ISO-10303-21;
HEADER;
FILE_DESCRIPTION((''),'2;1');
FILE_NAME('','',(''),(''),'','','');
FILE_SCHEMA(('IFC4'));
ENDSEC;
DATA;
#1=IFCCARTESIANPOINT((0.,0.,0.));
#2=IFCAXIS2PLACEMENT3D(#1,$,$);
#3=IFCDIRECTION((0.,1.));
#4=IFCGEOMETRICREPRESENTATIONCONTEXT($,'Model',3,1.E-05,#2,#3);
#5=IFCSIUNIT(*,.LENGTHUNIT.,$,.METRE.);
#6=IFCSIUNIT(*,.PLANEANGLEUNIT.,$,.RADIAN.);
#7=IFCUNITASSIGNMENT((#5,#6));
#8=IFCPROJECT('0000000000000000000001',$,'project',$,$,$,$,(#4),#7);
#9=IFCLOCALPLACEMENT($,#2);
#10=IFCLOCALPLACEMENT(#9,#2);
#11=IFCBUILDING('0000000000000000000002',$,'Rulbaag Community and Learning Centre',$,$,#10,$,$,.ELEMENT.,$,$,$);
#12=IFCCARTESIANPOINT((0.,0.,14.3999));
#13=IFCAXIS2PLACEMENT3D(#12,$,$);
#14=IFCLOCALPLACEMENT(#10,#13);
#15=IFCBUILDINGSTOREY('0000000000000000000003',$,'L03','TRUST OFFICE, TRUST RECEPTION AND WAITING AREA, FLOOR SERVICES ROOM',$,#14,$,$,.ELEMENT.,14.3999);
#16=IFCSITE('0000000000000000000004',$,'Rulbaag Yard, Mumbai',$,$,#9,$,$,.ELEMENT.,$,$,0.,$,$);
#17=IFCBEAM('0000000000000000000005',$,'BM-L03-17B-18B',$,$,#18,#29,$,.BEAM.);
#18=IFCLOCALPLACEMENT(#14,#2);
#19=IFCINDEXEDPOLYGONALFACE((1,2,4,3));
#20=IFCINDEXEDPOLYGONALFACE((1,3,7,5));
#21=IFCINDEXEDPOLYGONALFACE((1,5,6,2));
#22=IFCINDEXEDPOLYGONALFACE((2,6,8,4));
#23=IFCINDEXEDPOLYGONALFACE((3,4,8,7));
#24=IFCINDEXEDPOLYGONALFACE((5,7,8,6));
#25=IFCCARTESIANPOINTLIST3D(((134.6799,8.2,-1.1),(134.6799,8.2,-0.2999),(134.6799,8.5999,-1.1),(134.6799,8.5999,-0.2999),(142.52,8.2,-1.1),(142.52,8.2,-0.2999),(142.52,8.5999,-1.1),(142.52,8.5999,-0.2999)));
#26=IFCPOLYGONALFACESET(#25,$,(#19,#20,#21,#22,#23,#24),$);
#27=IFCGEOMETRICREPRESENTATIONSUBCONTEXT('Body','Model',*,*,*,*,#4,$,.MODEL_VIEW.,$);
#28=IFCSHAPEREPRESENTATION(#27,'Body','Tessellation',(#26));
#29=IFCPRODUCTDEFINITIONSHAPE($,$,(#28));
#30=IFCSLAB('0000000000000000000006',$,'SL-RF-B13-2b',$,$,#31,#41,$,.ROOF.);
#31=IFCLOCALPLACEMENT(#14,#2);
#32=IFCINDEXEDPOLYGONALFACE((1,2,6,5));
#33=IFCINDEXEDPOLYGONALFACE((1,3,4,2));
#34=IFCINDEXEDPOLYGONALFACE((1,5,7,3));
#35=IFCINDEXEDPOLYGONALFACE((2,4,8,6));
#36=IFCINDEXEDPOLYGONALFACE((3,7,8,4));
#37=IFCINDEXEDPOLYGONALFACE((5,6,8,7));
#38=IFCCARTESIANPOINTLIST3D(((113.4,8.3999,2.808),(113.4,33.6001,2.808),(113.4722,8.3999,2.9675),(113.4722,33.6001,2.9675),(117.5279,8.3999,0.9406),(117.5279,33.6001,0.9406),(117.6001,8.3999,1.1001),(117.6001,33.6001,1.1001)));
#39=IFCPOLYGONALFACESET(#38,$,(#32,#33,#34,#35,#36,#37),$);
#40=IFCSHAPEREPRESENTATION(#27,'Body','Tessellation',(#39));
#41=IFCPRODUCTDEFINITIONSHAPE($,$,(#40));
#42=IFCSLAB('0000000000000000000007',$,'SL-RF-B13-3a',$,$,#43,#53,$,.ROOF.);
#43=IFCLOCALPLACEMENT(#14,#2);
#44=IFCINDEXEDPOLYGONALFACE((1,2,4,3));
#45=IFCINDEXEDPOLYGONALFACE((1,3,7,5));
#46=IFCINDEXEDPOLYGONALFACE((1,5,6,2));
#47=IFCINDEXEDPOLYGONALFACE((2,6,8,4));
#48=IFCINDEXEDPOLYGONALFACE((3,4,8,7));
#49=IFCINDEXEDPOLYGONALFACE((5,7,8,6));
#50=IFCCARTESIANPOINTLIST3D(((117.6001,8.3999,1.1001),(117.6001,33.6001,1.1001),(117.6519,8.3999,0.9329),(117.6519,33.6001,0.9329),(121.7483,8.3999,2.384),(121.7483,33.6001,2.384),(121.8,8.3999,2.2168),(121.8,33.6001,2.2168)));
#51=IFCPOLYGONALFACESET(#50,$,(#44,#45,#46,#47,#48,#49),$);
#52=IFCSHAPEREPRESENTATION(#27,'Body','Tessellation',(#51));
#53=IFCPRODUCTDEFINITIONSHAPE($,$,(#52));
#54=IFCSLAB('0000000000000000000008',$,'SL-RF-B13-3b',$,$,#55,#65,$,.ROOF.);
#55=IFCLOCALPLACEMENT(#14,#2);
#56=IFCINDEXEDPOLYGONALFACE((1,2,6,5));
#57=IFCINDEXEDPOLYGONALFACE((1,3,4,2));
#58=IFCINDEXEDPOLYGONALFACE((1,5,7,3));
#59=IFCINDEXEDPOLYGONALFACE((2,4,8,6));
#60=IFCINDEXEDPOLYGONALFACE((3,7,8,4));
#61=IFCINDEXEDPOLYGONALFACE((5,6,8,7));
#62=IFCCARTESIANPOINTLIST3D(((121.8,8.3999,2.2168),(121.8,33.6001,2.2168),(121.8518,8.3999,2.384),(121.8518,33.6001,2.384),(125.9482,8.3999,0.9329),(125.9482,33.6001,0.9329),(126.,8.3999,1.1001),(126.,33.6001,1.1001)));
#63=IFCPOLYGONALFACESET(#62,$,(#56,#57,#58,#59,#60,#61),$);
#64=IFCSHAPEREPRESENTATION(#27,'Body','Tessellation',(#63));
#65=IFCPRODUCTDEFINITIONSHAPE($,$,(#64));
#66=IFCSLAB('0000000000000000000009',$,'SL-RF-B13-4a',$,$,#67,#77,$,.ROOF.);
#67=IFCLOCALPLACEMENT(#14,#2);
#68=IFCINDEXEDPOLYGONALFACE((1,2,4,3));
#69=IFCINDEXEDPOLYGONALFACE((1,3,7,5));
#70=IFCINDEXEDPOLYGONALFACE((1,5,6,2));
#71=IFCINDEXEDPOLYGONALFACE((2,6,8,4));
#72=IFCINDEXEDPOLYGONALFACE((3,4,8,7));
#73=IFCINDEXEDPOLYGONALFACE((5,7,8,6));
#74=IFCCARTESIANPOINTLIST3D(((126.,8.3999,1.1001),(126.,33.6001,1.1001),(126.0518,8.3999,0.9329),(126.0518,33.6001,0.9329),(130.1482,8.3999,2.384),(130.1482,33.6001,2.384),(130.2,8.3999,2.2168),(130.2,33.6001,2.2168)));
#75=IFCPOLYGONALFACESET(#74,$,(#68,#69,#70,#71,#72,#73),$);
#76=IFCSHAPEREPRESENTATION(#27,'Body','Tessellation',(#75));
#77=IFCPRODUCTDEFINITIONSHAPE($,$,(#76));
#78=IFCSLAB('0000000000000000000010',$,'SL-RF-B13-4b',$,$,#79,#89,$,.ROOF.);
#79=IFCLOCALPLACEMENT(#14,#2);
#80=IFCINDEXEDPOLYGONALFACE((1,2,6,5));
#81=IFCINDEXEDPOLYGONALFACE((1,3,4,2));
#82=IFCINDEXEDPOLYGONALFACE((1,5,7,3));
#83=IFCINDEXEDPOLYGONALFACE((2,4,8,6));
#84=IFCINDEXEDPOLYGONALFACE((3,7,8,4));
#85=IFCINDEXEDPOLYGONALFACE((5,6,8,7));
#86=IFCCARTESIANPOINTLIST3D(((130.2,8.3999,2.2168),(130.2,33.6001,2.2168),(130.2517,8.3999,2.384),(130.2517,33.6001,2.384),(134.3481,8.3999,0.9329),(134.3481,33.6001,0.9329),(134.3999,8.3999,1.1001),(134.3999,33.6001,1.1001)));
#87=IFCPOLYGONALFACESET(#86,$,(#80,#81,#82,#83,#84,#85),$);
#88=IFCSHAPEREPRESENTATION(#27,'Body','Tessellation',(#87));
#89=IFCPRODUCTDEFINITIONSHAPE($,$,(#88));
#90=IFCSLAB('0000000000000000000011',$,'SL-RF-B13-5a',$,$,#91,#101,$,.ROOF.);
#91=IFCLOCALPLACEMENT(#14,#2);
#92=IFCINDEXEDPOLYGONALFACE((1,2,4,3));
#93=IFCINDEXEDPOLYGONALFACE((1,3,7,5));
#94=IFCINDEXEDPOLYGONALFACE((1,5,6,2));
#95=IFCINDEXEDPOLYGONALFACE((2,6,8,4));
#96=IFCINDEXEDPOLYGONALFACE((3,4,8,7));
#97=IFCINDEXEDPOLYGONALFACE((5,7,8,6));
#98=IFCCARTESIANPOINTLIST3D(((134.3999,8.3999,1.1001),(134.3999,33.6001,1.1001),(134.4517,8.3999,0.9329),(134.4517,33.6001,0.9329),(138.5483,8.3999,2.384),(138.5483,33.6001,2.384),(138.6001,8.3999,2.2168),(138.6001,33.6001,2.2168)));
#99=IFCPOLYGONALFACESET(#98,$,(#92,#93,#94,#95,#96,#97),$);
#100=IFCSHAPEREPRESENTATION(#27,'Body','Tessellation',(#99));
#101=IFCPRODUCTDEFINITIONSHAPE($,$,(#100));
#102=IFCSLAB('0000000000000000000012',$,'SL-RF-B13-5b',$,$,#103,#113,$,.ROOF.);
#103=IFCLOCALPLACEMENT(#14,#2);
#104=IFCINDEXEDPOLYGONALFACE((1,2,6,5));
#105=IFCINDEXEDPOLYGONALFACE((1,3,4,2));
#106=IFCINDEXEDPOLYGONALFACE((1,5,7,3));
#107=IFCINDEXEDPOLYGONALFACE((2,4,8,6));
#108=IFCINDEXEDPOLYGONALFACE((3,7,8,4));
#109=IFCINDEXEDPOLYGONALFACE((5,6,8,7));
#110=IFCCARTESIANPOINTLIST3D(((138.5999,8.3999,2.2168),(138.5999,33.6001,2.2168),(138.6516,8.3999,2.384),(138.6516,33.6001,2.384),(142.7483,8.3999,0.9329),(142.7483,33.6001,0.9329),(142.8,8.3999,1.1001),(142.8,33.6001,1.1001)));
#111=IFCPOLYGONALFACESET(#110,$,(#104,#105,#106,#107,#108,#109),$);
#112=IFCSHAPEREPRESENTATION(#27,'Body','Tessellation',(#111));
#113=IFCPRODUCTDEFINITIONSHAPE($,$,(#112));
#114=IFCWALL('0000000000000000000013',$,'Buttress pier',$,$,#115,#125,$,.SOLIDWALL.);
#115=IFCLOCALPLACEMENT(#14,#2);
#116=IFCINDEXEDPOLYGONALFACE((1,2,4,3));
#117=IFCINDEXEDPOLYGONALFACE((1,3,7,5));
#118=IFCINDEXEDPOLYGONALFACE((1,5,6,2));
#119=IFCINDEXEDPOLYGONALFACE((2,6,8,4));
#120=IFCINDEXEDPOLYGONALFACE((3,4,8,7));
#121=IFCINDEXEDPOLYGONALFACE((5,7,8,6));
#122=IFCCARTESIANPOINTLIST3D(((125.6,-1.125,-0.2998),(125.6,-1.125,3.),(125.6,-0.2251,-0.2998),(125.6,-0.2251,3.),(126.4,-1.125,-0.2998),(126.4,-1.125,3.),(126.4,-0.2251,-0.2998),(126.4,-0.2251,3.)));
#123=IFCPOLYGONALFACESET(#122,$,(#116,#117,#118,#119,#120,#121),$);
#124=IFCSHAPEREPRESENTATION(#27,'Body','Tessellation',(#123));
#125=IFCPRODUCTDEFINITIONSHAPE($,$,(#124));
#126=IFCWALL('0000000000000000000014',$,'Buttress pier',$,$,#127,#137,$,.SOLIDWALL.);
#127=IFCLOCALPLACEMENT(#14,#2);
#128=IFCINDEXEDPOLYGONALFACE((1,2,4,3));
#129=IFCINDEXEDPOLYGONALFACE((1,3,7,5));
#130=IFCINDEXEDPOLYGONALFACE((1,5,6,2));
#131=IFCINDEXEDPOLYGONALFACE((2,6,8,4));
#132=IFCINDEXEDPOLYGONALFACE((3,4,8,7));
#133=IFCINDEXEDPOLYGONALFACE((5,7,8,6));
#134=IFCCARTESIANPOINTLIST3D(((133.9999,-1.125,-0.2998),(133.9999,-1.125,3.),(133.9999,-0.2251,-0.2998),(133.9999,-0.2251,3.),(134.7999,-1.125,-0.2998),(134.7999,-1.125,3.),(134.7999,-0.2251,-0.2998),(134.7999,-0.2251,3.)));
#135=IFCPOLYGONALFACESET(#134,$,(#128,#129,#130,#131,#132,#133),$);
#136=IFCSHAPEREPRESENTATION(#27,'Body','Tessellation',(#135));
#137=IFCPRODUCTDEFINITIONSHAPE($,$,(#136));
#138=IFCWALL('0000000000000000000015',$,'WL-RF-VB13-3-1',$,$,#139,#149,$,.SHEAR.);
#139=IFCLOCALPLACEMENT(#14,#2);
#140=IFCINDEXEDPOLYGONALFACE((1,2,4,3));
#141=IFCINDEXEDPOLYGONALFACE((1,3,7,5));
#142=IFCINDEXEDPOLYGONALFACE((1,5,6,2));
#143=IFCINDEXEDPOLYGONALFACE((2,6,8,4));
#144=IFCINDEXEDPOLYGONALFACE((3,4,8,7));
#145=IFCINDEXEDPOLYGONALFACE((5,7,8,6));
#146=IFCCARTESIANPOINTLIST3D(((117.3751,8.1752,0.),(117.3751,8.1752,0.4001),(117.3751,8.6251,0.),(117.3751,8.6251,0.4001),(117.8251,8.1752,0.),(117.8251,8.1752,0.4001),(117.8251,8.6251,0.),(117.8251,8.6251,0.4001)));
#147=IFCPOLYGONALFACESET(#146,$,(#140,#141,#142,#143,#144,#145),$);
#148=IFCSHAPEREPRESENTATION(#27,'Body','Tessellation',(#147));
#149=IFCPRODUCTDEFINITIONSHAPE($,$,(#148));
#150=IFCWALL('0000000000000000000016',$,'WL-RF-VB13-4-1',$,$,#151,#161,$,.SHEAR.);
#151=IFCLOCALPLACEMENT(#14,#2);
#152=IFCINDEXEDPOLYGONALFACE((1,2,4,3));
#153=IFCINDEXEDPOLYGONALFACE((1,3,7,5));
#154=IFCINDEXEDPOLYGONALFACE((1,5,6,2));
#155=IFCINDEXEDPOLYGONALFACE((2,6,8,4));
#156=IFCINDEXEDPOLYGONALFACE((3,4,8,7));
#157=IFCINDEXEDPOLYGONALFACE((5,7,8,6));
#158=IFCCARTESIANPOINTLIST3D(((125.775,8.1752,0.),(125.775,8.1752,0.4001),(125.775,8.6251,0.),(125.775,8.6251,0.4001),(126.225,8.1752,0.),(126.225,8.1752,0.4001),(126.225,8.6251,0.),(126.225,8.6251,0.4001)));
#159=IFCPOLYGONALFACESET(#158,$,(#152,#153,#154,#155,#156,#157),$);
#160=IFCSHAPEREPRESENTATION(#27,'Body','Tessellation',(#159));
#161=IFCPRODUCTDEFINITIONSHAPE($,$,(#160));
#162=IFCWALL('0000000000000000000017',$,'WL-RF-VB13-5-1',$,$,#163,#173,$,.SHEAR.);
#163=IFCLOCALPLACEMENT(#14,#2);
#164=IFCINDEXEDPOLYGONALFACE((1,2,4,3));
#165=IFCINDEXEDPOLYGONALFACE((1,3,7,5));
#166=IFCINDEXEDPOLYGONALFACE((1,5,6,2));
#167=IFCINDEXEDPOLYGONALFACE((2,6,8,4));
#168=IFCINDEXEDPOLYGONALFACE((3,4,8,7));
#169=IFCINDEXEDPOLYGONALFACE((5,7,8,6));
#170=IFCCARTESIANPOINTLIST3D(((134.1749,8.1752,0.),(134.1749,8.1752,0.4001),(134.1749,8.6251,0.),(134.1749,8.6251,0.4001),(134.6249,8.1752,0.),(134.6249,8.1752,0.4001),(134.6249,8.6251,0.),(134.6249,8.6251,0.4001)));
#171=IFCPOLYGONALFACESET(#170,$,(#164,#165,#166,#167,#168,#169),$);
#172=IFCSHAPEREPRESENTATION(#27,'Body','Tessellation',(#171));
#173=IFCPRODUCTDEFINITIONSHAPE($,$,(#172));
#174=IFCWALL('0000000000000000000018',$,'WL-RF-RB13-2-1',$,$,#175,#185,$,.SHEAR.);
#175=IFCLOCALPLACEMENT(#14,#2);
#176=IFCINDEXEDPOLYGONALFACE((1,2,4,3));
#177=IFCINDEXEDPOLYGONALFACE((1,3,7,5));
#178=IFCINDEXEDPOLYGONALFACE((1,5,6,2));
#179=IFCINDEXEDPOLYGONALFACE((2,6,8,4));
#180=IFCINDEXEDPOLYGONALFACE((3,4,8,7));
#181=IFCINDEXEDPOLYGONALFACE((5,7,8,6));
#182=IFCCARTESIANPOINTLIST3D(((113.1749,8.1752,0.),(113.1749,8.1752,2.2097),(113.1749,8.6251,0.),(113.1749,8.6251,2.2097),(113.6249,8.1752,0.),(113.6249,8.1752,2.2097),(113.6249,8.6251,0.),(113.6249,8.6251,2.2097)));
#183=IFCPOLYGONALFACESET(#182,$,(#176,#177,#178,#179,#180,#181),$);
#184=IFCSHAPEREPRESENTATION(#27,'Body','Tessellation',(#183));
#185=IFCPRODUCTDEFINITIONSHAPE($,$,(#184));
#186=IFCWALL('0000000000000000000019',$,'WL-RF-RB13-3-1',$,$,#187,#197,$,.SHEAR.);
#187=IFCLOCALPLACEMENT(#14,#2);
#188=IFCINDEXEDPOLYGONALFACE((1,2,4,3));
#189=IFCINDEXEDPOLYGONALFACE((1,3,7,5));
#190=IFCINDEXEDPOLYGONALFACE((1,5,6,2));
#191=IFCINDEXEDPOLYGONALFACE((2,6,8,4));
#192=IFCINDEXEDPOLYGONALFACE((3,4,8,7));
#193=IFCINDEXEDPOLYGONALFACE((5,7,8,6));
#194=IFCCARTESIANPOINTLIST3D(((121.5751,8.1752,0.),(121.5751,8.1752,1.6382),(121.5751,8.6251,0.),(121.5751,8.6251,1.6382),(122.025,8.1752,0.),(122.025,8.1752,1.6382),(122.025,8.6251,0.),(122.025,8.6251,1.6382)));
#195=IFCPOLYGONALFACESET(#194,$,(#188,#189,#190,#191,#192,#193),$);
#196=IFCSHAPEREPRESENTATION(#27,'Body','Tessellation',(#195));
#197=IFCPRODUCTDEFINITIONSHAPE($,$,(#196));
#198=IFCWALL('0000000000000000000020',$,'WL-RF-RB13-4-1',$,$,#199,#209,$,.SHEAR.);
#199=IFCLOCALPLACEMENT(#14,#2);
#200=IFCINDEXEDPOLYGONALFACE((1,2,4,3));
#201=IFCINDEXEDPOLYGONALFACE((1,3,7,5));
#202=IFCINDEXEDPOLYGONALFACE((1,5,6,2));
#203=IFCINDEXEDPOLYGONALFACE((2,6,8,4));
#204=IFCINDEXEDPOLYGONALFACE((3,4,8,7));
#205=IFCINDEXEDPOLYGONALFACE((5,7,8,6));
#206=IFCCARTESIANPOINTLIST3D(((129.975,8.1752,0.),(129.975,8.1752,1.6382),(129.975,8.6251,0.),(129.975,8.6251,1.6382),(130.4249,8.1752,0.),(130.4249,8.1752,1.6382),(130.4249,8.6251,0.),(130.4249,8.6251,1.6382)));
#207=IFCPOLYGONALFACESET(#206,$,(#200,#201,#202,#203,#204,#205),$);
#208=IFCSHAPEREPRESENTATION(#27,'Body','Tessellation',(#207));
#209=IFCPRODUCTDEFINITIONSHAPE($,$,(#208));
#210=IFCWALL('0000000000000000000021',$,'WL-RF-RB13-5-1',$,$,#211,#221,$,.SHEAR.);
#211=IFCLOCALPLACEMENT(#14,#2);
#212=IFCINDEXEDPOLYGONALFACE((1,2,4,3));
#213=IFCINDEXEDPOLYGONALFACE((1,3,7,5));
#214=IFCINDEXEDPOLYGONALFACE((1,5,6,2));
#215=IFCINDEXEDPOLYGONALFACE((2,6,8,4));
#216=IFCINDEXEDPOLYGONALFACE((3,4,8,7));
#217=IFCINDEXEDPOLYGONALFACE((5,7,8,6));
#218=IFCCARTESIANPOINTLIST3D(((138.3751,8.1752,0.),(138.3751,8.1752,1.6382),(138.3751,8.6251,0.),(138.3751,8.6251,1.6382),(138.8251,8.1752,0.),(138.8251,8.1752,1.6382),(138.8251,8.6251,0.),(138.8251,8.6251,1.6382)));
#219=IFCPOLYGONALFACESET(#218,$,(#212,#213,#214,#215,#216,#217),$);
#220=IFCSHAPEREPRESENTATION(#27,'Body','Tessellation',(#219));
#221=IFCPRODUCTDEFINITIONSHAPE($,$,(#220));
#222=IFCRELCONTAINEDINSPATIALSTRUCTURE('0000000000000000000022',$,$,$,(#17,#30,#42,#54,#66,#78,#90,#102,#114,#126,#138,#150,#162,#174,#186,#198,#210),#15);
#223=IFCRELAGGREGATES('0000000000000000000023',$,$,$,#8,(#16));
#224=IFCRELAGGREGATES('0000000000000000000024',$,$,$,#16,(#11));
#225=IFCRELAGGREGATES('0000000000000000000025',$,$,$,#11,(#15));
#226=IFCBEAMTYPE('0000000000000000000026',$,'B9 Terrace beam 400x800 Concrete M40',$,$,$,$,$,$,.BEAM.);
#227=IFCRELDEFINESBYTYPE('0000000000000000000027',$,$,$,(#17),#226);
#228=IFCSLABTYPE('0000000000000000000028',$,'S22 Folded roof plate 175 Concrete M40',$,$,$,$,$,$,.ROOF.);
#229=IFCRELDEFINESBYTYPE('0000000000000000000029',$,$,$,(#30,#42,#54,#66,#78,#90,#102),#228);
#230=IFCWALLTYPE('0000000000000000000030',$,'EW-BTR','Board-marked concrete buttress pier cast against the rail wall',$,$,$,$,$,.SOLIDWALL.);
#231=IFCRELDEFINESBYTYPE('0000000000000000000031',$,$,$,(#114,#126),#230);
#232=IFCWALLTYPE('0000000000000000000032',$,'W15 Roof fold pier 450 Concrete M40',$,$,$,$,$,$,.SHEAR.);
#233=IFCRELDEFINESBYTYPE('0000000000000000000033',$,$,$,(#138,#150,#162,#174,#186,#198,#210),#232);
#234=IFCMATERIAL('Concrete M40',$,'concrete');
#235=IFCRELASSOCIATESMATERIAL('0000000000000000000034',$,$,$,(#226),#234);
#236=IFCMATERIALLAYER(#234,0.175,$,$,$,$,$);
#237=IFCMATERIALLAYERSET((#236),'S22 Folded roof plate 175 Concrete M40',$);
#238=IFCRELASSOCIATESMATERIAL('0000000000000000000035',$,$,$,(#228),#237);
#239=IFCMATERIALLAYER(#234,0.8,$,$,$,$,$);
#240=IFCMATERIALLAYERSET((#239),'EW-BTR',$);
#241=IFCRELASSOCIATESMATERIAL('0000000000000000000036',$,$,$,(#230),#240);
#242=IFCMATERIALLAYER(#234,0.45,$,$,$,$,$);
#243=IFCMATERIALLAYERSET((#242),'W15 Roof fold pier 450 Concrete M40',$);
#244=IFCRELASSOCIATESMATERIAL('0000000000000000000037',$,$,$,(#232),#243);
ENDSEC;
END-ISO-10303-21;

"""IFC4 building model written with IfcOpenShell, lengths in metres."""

from ifc_helpers import new_model, si_unit, direction, frame, frame_2d, origin, origin_2d, place, context, subcontext, project, spatial, polyline, rectangle, outline, extrude, material, layer, layer_set, material_profile, profile_set, type_object, element, save


model = new_model("IFC4")

# Units and contexts
model_context = context("Model", 3, precision=1e-05, world=origin(), true_north=direction((0.0, 1.0)))
body_context = subcontext(model_context, "Body", "Model", "MODEL_VIEW")
ifc_project = project(units=[si_unit("LENGTHUNIT", "METRE"), si_unit("PLANEANGLEUNIT", "RADIAN")], contexts=[model_context])

# Site, building, storey
site_placement = place(None, origin())
site = spatial("IfcSite", under=ifc_project, at=site_placement, Name="Rulbaag Yard, Mumbai", CompositionType="ELEMENT", RefElevation=0.0)
building_placement = place(site_placement, origin())
building = spatial("IfcBuilding", under=site, at=building_placement, Name="Rulbaag Community and Learning Centre", CompositionType="ELEMENT")
storey_placement = place(building_placement, frame((0.0, 0.0, 14.3999)))
storey = spatial("IfcBuildingStorey", under=building, at=storey_placement, Name="L03", Description="TRUST OFFICE, TRUST RECEPTION AND WAITING AREA, FLOOR SERVICES ROOM", CompositionType="ELEMENT", Elevation=14.3999)

# Beam
ifc_material = material(Name="Concrete M40", Category="concrete")
ifc_material_profile_1 = material_profile(ifc_material, rectangle(XDim=0.3999, YDim=0.8, at=origin_2d()), Name="RB400x800")
ifc_profile_set_1 = profile_set([ifc_material_profile_1], Name="Concrete M40")
beam_type_1 = type_object("IfcBeamType", Name="B9 Terrace beam 400x800 Concrete M40", PredefinedType="BEAM", material=ifc_profile_set_1)
beam_1_placement = place(storey_placement, frame((134.6799, 8.3999, -0.7), z_axis=(1.0, 0.0, 0.0), x_axis=(0.0, 1.0, 0.0)))
element("IfcBeam", 1, at=beam_1_placement, inside=storey, type_object=beam_type_1, Name="BM-L03-17B-18B", PredefinedType="BEAM", context=body_context, shape_type="SweptSolid", body=[
    extrude(rectangle(XDim=0.3999, YDim=0.8, at=origin_2d()), origin(), (0.0, 0.0, 1.0), 7.8401),
])

# Slabs
ifc_layer_1 = layer(ifc_material, 0.175)
ifc_layer_set_1 = layer_set([ifc_layer_1], Name="S22 Folded roof plate 175 Concrete M40")
slab_type = type_object("IfcSlabType", Name="S22 Folded roof plate 175 Concrete M40", PredefinedType="ROOF", material=ifc_layer_set_1)
slab_placement = place(storey_placement, frame((113.4722, 8.3999, 2.9675), z_axis=(0.412174, 0.0, 0.911105), x_axis=(0.911105, 0.0, -0.412174)))
element("IfcSlab", 2, at=slab_placement, inside=storey, type_object=slab_type, Name="SL-RF-B13-2b", PredefinedType="ROOF", context=body_context, shape_type="SweptSolid", body=[
    extrude(outline(polyline([(0.0, 0.0), (4.5307, 0.0), (4.5307, 25.2002), (0.0, 25.2002), (0.0, 0.0)])), origin(), (0.0, 0.0, -1.0), 0.175),
])
for number, where, z_axis, x_axis, name in (
    (3, (117.6001, 8.3999, 1.1001), (-0.295678, 0.0, 0.955288), (0.955288, 0.0, 0.295678), "SL-RF-B13-3a"),
    (4, (121.8518, 8.3999, 2.384), (0.295678, 0.0, 0.955288), (0.955288, 0.0, -0.295678), "SL-RF-B13-3b"),
    (5, (126.0, 8.3999, 1.1001), (-0.295678, 0.0, 0.955288), (0.955288, 0.0, 0.295678), "SL-RF-B13-4a"),
    (6, (130.2517, 8.3999, 2.384), (0.295678, 0.0, 0.955288), (0.955288, 0.0, -0.295678), "SL-RF-B13-4b"),
):
    element("IfcSlab", number, at=place(storey_placement, frame(where, z_axis=z_axis, x_axis=x_axis)), inside=storey, type_object=slab_type, Name=name, PredefinedType="ROOF", context=body_context, shape_type="SweptSolid", body=[
        extrude(outline(polyline([(0.0, 0.0), (4.3423, 0.0), (4.3423, 25.2002), (0.0, 25.2002), (0.0, 0.0)])), origin(), (0.0, 0.0, -1.0), 0.175),
    ])
for number, where, z_axis, x_axis, name in (
    (7, (134.3999, 8.3999, 1.1001), (-0.295662, 0.0, 0.955293), (0.955293, 0.0, 0.295662), "SL-RF-B13-5a"),
    (8, (138.6516, 8.3999, 2.384), (0.295662, 0.0, 0.955293), (0.955293, 0.0, -0.295662), "SL-RF-B13-5b"),
):
    element("IfcSlab", number, at=place(storey_placement, frame(where, z_axis=z_axis, x_axis=x_axis)), inside=storey, type_object=slab_type, Name=name, PredefinedType="ROOF", context=body_context, shape_type="SweptSolid", body=[
        extrude(outline(polyline([(0.0, 0.0), (4.3426, 0.0), (4.3426, 25.2002), (0.0, 25.2002), (0.0, 0.0)])), origin(), (0.0, 0.0, -1.0), 0.175),
    ])

# Walls
ifc_layer_2 = layer(ifc_material, 0.8)
ifc_layer_set_2 = layer_set([ifc_layer_2], Name="EW-BTR")
wall_type_1 = type_object("IfcWallType", Name="EW-BTR", Description="Board-marked concrete buttress pier cast against the rail wall", PredefinedType="SOLIDWALL", material=ifc_layer_set_2)
for number, where, z_axis, x_axis, name in (
    (9, (126.0, -0.2251, -0.2998), (0.0, 0.0, 1.0), (0.0, -1.0, 0.0), "Buttress pier"),
    (10, (134.3999, -0.2251, -0.2998), (0.0, 0.0, 1.0), (0.0, -1.0, 0.0), "Buttress pier"),
):
    element("IfcWall", number, at=place(storey_placement, frame(where, z_axis=z_axis, x_axis=x_axis)), inside=storey, type_object=wall_type_1, Name=name, PredefinedType="SOLIDWALL", context=body_context, shape_type="SweptSolid", body=[
        extrude(rectangle(XDim=0.8999, YDim=0.8, at=frame_2d((0.45, 0.0))), origin(), (0.0, 0.0, 1.0), 3.2998),
    ])
ifc_layer_3 = layer(ifc_material, 0.45)
ifc_layer_set_3 = layer_set([ifc_layer_3], Name="W15 Roof fold pier 450 Concrete M40")
wall_type_2 = type_object("IfcWallType", Name="W15 Roof fold pier 450 Concrete M40", PredefinedType="SHEAR", material=ifc_layer_set_3)
for number, where, z_axis, x_axis, name in (
    (11, (117.6001, 8.175, 0.0), (0.0, 0.0, 1.0), (0.0, 1.0, 0.0), "WL-RF-VB13-3-1"),
    (12, (126.0, 8.175, 0.0), (0.0, 0.0, 1.0), (0.0, 1.0, 0.0), "WL-RF-VB13-4-1"),
    (13, (134.3999, 8.175, 0.0), (0.0, 0.0, 1.0), (0.0, 1.0, 0.0), "WL-RF-VB13-5-1"),
):
    element("IfcWall", number, at=place(storey_placement, frame(where, z_axis=z_axis, x_axis=x_axis)), inside=storey, type_object=wall_type_2, Name=name, PredefinedType="SHEAR", context=body_context, shape_type="SweptSolid", body=[
        extrude(rectangle(XDim=0.45, YDim=0.45, at=frame_2d((0.2251, 0.0))), origin(), (0.0, 0.0, 1.0), 0.4001),
    ])
wall_placement = place(storey_placement, frame((113.3999, 8.175, 0.0), z_axis=(0.0, 0.0, 1.0), x_axis=(0.0, 1.0, 0.0)))
element("IfcWall", 14, at=wall_placement, inside=storey, type_object=wall_type_2, Name="WL-RF-RB13-2-1", PredefinedType="SHEAR", context=body_context, shape_type="SweptSolid", body=[
    extrude(rectangle(XDim=0.45, YDim=0.45, at=frame_2d((0.2251, 0.0))), origin(), (0.0, 0.0, 1.0), 2.2097),
])
for number, where, z_axis, x_axis, name in (
    (15, (121.8, 8.175, 0.0), (0.0, 0.0, 1.0), (0.0, 1.0, 0.0), "WL-RF-RB13-3-1"),
    (16, (130.2, 8.175, 0.0), (0.0, 0.0, 1.0), (0.0, 1.0, 0.0), "WL-RF-RB13-4-1"),
    (17, (138.6001, 8.175, 0.0), (0.0, 0.0, 1.0), (0.0, 1.0, 0.0), "WL-RF-RB13-5-1"),
):
    element("IfcWall", number, at=place(storey_placement, frame(where, z_axis=z_axis, x_axis=x_axis)), inside=storey, type_object=wall_type_2, Name=name, PredefinedType="SHEAR", context=body_context, shape_type="SweptSolid", body=[
        extrude(rectangle(XDim=0.45, YDim=0.45, at=frame_2d((0.2251, 0.0))), origin(), (0.0, 0.0, 1.0), 1.6382),
    ])

save(model, "model.ifc")
